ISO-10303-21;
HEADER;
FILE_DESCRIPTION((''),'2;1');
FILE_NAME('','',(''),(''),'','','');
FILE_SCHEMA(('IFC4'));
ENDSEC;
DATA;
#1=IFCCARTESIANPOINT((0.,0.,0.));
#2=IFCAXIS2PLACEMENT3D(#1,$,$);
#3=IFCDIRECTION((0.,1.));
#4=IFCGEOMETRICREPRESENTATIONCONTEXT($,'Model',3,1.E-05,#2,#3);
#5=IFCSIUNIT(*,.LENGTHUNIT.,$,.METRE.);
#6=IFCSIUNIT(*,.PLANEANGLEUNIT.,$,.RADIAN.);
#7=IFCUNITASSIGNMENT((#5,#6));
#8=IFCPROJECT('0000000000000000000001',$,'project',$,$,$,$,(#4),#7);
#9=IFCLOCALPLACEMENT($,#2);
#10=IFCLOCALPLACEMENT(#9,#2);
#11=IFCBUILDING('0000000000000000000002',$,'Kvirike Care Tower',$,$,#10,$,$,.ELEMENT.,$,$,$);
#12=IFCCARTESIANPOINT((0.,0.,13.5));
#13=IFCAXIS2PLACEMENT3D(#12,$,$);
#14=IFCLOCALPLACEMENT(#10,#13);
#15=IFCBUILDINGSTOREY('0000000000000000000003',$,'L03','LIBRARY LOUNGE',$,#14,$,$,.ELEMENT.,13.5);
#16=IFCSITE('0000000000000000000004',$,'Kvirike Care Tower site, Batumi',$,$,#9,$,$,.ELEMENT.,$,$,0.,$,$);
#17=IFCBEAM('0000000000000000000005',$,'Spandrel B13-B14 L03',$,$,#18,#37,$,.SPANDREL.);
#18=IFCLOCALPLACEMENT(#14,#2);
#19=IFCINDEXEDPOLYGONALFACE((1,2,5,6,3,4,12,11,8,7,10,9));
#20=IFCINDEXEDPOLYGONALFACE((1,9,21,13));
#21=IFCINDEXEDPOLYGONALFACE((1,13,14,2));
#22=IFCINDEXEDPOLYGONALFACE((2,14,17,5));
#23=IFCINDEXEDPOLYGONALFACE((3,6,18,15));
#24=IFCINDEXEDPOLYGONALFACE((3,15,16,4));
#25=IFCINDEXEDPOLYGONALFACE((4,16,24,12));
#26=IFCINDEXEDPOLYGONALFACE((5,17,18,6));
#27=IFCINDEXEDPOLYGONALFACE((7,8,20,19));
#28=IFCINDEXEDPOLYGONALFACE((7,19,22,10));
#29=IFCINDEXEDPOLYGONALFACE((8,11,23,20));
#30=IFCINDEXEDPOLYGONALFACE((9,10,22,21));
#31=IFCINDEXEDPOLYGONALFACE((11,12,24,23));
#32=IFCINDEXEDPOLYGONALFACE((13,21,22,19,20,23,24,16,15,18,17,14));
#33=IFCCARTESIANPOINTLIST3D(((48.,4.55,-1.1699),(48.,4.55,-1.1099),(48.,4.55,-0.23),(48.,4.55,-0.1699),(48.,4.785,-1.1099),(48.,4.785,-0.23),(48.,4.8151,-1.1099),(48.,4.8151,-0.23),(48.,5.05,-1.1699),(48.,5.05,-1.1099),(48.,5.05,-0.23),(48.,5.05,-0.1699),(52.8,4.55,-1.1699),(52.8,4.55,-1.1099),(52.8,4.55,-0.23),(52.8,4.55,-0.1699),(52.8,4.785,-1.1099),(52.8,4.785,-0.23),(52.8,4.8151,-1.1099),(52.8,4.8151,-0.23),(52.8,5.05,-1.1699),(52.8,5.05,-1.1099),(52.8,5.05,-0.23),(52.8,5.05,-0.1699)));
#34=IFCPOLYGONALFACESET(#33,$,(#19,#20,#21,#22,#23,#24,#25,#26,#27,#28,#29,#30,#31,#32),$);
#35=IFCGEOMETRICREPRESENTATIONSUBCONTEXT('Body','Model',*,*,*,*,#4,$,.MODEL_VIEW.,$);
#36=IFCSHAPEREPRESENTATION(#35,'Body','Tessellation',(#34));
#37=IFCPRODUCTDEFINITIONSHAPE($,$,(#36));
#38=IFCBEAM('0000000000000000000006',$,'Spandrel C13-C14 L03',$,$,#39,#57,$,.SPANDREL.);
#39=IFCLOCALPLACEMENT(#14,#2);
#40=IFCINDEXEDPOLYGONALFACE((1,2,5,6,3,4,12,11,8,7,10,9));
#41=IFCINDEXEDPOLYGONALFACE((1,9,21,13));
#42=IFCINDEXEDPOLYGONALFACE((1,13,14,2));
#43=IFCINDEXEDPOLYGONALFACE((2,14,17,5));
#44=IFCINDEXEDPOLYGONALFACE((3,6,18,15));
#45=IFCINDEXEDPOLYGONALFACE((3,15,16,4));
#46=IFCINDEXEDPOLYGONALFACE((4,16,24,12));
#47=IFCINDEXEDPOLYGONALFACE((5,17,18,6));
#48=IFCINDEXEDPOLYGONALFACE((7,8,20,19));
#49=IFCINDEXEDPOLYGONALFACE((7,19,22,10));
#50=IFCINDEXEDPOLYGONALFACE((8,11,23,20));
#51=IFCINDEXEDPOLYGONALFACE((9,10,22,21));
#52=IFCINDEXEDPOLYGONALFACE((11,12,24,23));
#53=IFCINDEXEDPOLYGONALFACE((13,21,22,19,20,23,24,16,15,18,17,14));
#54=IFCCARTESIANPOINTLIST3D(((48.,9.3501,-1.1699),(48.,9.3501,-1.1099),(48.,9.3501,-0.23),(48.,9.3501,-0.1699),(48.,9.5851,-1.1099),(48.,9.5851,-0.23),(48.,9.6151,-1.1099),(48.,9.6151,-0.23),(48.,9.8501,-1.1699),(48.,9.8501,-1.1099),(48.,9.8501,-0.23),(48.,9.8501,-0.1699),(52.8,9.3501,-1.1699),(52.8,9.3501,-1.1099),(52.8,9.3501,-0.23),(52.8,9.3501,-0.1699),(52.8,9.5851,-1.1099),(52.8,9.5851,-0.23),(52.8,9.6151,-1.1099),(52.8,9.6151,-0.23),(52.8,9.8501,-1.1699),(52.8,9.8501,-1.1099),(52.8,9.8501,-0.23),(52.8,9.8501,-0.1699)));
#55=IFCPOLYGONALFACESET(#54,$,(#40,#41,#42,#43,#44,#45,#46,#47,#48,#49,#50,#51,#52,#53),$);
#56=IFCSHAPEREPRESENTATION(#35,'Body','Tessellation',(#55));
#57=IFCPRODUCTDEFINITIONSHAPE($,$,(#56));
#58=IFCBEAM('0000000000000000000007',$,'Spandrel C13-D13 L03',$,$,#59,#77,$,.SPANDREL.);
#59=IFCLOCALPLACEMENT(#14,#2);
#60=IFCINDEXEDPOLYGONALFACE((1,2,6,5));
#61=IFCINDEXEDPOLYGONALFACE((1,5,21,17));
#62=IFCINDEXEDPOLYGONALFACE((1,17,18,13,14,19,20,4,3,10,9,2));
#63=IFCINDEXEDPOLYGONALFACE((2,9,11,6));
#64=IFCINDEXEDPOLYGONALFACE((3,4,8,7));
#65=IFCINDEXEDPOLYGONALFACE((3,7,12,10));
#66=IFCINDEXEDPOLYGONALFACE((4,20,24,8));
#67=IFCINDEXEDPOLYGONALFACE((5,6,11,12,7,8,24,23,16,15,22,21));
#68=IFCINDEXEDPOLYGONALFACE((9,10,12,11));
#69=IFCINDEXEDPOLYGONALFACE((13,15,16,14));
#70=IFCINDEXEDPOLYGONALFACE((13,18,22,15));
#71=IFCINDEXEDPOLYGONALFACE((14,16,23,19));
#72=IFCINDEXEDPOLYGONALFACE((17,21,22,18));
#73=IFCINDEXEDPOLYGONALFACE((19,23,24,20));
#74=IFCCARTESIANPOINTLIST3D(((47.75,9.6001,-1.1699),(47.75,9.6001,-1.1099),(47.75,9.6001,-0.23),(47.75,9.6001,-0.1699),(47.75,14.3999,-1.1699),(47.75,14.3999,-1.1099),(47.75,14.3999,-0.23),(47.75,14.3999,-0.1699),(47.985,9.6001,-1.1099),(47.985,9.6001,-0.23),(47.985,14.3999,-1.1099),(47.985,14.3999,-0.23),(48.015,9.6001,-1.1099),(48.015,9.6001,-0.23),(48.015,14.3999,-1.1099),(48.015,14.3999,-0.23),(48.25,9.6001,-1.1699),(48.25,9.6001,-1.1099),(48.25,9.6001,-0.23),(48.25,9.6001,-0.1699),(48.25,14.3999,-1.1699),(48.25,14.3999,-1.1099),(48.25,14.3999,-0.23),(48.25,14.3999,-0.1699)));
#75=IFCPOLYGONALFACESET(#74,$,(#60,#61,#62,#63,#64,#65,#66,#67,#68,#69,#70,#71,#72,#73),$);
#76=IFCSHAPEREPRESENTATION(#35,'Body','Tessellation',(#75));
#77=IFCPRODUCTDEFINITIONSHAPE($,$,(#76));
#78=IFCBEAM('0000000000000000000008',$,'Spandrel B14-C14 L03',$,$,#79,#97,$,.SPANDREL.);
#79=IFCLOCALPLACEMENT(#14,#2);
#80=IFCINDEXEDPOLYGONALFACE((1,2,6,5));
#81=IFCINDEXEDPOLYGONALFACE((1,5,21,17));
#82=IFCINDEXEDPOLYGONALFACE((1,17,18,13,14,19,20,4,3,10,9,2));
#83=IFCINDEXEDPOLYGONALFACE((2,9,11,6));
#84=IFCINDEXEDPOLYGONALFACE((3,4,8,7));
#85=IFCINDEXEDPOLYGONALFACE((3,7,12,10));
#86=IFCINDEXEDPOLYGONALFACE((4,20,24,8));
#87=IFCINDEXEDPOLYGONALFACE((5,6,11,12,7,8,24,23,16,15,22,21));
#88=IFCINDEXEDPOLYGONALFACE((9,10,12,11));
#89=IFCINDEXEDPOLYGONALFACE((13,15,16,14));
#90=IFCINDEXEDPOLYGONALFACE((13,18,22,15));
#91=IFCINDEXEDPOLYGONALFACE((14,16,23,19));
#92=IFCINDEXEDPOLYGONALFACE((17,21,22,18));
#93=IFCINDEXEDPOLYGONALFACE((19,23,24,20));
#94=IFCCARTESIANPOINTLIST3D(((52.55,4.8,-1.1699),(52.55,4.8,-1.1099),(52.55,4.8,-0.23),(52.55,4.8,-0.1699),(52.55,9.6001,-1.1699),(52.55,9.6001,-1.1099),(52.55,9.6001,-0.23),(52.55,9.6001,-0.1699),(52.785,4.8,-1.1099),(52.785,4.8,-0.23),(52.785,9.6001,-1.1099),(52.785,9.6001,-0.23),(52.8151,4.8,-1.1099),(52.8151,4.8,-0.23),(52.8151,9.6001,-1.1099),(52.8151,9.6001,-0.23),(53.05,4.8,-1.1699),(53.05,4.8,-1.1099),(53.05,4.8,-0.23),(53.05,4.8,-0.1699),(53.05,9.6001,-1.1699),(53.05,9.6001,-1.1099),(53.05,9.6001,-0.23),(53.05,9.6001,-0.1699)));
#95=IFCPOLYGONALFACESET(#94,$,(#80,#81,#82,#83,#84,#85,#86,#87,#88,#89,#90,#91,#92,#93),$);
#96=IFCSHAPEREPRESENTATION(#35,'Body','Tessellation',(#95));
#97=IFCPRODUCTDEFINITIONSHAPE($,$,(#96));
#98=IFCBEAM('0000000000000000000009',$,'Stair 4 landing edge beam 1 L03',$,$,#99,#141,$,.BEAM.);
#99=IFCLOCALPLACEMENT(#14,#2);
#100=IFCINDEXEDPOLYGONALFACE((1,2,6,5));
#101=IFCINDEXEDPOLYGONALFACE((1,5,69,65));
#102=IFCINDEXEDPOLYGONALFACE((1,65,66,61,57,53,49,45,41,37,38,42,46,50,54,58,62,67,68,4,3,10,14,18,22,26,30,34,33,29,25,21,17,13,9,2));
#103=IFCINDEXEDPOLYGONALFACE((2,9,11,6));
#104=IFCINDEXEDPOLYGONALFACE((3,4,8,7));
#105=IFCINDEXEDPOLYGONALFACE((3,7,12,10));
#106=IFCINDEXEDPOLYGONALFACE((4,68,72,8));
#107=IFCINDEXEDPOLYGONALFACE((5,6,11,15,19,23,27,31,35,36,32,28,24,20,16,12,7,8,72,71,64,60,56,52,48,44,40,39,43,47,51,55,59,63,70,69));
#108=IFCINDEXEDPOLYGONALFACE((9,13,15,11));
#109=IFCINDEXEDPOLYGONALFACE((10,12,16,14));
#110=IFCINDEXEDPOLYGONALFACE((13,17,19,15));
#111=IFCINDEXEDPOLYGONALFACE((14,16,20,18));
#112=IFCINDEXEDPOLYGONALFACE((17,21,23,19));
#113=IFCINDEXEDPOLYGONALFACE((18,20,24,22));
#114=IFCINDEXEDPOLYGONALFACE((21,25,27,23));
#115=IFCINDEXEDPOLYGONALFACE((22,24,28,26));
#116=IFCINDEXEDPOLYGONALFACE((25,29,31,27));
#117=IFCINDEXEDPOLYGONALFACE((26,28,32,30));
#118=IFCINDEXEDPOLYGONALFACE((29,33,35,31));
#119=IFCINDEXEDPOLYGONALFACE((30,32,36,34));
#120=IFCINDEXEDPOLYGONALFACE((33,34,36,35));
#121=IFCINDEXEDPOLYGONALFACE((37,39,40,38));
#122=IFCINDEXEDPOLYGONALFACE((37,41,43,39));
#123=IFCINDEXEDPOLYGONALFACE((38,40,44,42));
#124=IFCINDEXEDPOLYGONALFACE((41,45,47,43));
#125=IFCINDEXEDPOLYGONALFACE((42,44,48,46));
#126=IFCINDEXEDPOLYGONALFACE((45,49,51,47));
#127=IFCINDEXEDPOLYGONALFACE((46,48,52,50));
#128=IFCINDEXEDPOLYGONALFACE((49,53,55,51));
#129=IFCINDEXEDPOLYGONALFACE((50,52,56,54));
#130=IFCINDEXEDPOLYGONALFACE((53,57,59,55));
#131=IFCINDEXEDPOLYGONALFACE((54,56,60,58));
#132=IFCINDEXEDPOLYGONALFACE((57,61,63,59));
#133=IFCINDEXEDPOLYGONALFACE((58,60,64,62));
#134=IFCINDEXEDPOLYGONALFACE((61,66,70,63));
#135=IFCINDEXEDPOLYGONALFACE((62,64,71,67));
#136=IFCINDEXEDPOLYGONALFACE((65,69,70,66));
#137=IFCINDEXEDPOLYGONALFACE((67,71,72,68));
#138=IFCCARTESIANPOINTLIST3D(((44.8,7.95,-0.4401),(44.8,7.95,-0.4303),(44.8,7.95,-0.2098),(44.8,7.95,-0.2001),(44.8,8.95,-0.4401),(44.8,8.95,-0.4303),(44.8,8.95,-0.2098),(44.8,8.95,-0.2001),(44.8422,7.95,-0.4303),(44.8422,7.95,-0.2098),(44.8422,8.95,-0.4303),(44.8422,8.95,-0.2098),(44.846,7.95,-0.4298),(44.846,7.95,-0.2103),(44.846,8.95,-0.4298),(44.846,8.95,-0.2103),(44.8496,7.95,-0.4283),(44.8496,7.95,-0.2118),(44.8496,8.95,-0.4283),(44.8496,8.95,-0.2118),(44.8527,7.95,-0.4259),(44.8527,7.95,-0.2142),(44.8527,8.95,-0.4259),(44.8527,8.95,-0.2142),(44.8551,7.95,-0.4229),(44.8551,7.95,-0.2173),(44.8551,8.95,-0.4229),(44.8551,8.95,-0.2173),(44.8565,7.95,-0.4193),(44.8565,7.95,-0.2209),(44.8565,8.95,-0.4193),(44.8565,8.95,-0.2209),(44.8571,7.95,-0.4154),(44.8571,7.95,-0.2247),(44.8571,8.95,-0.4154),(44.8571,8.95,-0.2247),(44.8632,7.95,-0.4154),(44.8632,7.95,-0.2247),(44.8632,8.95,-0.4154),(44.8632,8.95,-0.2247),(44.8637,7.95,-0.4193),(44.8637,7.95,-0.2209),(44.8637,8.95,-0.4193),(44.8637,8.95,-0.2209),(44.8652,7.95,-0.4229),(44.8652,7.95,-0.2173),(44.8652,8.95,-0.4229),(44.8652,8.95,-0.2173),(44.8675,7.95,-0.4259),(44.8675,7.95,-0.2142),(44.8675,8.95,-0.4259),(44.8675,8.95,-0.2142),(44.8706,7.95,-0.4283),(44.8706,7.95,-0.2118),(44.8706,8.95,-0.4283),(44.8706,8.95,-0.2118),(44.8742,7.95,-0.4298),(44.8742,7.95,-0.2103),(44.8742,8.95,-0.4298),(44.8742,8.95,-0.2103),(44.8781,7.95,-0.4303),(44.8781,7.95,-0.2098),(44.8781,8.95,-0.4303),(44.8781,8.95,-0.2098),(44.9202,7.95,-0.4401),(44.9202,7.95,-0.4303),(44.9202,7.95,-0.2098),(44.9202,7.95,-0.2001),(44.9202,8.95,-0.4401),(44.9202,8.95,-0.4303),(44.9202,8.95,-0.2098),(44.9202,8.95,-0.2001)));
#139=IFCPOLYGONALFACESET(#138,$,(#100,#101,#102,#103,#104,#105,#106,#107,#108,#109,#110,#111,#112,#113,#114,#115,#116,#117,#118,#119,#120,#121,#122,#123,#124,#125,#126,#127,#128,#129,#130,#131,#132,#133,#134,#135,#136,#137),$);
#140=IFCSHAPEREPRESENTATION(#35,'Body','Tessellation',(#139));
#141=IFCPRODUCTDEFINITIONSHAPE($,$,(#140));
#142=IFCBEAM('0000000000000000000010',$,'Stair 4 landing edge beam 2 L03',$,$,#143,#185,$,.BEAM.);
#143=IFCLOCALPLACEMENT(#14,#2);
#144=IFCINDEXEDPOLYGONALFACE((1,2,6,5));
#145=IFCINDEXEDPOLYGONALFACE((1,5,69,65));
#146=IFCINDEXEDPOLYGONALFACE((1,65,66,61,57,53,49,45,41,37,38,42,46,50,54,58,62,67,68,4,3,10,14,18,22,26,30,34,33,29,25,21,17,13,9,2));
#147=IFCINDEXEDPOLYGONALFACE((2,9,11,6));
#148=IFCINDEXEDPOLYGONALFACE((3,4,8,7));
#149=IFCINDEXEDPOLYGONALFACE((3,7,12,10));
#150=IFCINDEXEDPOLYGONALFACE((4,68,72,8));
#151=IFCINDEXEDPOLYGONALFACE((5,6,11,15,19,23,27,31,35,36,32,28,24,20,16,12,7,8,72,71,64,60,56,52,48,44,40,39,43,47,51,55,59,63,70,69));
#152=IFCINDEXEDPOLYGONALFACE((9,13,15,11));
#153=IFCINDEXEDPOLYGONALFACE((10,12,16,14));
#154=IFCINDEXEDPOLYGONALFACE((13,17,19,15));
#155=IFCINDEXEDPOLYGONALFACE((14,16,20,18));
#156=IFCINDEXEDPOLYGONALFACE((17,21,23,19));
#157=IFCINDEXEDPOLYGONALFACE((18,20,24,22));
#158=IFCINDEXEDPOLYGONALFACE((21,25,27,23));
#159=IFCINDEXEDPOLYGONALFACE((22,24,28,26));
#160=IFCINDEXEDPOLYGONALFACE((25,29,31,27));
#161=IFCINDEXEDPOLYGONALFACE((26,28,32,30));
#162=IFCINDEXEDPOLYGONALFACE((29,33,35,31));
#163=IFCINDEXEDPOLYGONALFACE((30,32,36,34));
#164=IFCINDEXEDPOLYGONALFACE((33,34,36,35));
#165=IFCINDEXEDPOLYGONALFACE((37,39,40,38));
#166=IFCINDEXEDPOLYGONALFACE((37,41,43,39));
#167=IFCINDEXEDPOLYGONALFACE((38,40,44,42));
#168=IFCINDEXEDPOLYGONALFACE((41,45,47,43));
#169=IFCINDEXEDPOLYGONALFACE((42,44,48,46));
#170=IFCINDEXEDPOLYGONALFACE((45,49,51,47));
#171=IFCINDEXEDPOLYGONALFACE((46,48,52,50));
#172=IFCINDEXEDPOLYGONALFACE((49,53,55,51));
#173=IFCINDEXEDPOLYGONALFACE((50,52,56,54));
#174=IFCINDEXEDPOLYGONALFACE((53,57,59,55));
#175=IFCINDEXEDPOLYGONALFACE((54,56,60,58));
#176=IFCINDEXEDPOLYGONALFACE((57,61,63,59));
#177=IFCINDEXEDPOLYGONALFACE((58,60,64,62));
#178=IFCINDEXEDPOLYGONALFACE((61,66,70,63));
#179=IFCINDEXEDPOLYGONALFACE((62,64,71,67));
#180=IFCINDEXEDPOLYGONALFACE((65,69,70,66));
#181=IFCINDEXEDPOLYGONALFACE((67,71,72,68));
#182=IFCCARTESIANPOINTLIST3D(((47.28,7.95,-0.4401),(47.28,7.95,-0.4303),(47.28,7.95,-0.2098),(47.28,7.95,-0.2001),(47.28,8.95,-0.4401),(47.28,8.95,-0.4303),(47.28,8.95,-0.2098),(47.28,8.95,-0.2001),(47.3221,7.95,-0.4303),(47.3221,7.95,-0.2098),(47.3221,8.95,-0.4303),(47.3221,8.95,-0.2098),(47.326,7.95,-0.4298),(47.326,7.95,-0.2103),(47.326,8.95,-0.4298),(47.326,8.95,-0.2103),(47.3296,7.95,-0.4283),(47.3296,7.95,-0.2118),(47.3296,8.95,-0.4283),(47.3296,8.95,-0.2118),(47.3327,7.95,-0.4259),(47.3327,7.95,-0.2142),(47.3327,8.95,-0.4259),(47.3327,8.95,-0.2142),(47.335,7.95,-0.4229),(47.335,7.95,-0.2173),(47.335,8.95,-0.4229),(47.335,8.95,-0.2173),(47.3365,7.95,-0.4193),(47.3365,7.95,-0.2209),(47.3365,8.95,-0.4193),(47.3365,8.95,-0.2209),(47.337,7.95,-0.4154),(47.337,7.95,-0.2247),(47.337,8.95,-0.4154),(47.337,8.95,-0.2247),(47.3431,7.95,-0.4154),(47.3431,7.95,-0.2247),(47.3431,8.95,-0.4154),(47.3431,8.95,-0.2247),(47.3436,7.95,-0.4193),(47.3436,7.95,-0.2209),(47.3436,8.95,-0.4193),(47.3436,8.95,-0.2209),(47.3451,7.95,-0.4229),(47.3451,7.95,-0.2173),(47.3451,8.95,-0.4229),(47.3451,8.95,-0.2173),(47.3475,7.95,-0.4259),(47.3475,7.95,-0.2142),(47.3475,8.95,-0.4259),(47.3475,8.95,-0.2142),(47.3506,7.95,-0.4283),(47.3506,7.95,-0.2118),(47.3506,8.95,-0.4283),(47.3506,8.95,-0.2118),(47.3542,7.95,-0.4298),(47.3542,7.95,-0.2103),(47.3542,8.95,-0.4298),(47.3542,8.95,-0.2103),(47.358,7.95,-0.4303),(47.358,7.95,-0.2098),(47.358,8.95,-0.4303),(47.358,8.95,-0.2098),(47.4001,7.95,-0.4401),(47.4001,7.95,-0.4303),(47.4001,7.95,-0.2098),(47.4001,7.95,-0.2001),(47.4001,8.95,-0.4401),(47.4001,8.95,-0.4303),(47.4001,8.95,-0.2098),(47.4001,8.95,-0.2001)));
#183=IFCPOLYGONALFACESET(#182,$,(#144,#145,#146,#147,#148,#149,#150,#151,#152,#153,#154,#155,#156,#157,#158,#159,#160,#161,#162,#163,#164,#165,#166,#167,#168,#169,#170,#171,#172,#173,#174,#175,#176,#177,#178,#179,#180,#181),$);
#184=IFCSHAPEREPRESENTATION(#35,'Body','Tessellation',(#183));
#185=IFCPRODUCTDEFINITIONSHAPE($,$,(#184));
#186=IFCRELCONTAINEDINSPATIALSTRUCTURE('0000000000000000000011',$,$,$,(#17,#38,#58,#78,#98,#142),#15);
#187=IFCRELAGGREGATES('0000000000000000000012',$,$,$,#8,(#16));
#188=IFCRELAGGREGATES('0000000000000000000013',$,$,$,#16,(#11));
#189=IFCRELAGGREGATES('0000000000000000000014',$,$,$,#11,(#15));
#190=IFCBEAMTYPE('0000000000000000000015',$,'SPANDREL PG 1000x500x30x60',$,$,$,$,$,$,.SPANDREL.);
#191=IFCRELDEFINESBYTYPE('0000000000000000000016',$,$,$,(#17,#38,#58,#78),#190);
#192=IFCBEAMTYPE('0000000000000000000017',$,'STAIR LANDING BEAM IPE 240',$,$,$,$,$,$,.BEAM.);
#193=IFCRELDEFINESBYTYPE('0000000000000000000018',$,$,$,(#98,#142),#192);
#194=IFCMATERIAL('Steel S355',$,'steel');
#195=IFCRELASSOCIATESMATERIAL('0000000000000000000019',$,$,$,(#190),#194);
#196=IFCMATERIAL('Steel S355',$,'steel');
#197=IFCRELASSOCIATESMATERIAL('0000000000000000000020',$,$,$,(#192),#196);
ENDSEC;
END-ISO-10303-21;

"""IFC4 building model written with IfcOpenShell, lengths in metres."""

from ifc_helpers import new_model, si_unit, direction, frame, origin, origin_2d, place, context, subcontext, project, spatial, i_section, extrude, material, material_profile, profile_set, type_object, element, save


model = new_model("IFC4")

# Units and contexts
model_context = context("Model", 3, precision=1e-05, world=origin(), true_north=direction((0.0, 1.0)))
body_context = subcontext(model_context, "Body", "Model", "MODEL_VIEW")
ifc_project = project(units=[si_unit("LENGTHUNIT", "METRE"), si_unit("PLANEANGLEUNIT", "RADIAN")], contexts=[model_context])

# Site, building, storey
site_placement = place(None, origin())
site = spatial("IfcSite", under=ifc_project, at=site_placement, Name="Kvirike Care Tower site, Batumi", CompositionType="ELEMENT", RefElevation=0.0)
building_placement = place(site_placement, origin())
building = spatial("IfcBuilding", under=site, at=building_placement, Name="Kvirike Care Tower", CompositionType="ELEMENT")
storey_placement = place(building_placement, frame((0.0, 0.0, 13.5)))
storey = spatial("IfcBuildingStorey", under=building, at=storey_placement, Name="L03", Description="LIBRARY LOUNGE", CompositionType="ELEMENT", Elevation=13.5)

# Beams
ifc_material_1 = material(Name="Steel S355", Category="steel")
ifc_material_profile_1 = material_profile(ifc_material_1, i_section(OverallWidth=0.5, OverallDepth=1.0, WebThickness=0.03, FlangeThickness=0.0601, at=origin_2d()), Name="PG 1000x500x30x60")
ifc_profile_set_1 = profile_set([ifc_material_profile_1], Name="Steel S355")
beam_type_1 = type_object("IfcBeamType", Name="SPANDREL PG 1000x500x30x60", PredefinedType="SPANDREL", material=ifc_profile_set_1)
for number, where, z_axis, x_axis, name in (
    (1, (48.0, 4.8, -0.6699), (1.0, 0.0, 0.0), (0.0, 1.0, 0.0), "Spandrel B13-B14 L03"),
    (2, (48.0, 9.6001, -0.6699), (1.0, 0.0, 0.0), (0.0, 1.0, 0.0), "Spandrel C13-C14 L03"),
):
    element("IfcBeam", number, at=place(storey_placement, frame(where, z_axis=z_axis, x_axis=x_axis)), inside=storey, type_object=beam_type_1, Name=name, PredefinedType="SPANDREL", context=body_context, shape_type="SweptSolid", body=[
        extrude(i_section(OverallWidth=0.5, OverallDepth=1.0, WebThickness=0.03, FlangeThickness=0.0601, at=origin_2d()), origin(), (0.0, 0.0, 1.0), 4.8),
    ])
beam_1_placement = place(storey_placement, frame((48.0, 9.6001, -0.6699), z_axis=(0.0, 1.0, 0.0), x_axis=(-1.0, 0.0, 0.0)))
element("IfcBeam", 3, at=beam_1_placement, inside=storey, type_object=beam_type_1, Name="Spandrel C13-D13 L03", PredefinedType="SPANDREL", context=body_context, shape_type="SweptSolid", body=[
    extrude(i_section(OverallWidth=0.5, OverallDepth=1.0, WebThickness=0.03, FlangeThickness=0.0601, at=origin_2d()), origin(), (0.0, 0.0, 1.0), 4.7998),
])
beam_2_placement = place(storey_placement, frame((52.8, 4.8, -0.6699), z_axis=(0.0, 1.0, 0.0), x_axis=(-1.0, 0.0, 0.0)))
element("IfcBeam", 4, at=beam_2_placement, inside=storey, type_object=beam_type_1, Name="Spandrel B14-C14 L03", PredefinedType="SPANDREL", context=body_context, shape_type="SweptSolid", body=[
    extrude(i_section(OverallWidth=0.5, OverallDepth=1.0, WebThickness=0.03, FlangeThickness=0.0601, at=origin_2d()), origin(), (0.0, 0.0, 1.0), 4.8),
])
ifc_material_2 = material(Name="Steel S355", Category="steel")
ifc_material_profile_2 = material_profile(ifc_material_2, i_section(OverallWidth=0.1201, OverallDepth=0.24, WebThickness=0.0061, FlangeThickness=0.0098, FilletRadius=0.0149, at=origin_2d()), Name="IPE 240")
ifc_profile_set_2 = profile_set([ifc_material_profile_2], Name="Steel S355")
beam_type_2 = type_object("IfcBeamType", Name="STAIR LANDING BEAM IPE 240", PredefinedType="BEAM", material=ifc_profile_set_2)
for number, where, z_axis, x_axis, name in (
    (5, (44.8601, 8.95, -0.3201), (0.0, -1.0, 0.0), (1.0, 0.0, 0.0), "Stair 4 landing edge beam 1 L03"),
    (6, (47.3401, 8.95, -0.3201), (0.0, -1.0, 0.0), (1.0, 0.0, 0.0), "Stair 4 landing edge beam 2 L03"),
):
    element("IfcBeam", number, at=place(storey_placement, frame(where, z_axis=z_axis, x_axis=x_axis)), inside=storey, type_object=beam_type_2, Name=name, PredefinedType="BEAM", context=body_context, shape_type="SweptSolid", body=[
        extrude(i_section(OverallWidth=0.1201, OverallDepth=0.24, WebThickness=0.0061, FlangeThickness=0.0098, FilletRadius=0.0149, at=origin_2d()), origin(), (0.0, 0.0, 1.0), 1.0),
    ])

save(model, "model.ifc")
